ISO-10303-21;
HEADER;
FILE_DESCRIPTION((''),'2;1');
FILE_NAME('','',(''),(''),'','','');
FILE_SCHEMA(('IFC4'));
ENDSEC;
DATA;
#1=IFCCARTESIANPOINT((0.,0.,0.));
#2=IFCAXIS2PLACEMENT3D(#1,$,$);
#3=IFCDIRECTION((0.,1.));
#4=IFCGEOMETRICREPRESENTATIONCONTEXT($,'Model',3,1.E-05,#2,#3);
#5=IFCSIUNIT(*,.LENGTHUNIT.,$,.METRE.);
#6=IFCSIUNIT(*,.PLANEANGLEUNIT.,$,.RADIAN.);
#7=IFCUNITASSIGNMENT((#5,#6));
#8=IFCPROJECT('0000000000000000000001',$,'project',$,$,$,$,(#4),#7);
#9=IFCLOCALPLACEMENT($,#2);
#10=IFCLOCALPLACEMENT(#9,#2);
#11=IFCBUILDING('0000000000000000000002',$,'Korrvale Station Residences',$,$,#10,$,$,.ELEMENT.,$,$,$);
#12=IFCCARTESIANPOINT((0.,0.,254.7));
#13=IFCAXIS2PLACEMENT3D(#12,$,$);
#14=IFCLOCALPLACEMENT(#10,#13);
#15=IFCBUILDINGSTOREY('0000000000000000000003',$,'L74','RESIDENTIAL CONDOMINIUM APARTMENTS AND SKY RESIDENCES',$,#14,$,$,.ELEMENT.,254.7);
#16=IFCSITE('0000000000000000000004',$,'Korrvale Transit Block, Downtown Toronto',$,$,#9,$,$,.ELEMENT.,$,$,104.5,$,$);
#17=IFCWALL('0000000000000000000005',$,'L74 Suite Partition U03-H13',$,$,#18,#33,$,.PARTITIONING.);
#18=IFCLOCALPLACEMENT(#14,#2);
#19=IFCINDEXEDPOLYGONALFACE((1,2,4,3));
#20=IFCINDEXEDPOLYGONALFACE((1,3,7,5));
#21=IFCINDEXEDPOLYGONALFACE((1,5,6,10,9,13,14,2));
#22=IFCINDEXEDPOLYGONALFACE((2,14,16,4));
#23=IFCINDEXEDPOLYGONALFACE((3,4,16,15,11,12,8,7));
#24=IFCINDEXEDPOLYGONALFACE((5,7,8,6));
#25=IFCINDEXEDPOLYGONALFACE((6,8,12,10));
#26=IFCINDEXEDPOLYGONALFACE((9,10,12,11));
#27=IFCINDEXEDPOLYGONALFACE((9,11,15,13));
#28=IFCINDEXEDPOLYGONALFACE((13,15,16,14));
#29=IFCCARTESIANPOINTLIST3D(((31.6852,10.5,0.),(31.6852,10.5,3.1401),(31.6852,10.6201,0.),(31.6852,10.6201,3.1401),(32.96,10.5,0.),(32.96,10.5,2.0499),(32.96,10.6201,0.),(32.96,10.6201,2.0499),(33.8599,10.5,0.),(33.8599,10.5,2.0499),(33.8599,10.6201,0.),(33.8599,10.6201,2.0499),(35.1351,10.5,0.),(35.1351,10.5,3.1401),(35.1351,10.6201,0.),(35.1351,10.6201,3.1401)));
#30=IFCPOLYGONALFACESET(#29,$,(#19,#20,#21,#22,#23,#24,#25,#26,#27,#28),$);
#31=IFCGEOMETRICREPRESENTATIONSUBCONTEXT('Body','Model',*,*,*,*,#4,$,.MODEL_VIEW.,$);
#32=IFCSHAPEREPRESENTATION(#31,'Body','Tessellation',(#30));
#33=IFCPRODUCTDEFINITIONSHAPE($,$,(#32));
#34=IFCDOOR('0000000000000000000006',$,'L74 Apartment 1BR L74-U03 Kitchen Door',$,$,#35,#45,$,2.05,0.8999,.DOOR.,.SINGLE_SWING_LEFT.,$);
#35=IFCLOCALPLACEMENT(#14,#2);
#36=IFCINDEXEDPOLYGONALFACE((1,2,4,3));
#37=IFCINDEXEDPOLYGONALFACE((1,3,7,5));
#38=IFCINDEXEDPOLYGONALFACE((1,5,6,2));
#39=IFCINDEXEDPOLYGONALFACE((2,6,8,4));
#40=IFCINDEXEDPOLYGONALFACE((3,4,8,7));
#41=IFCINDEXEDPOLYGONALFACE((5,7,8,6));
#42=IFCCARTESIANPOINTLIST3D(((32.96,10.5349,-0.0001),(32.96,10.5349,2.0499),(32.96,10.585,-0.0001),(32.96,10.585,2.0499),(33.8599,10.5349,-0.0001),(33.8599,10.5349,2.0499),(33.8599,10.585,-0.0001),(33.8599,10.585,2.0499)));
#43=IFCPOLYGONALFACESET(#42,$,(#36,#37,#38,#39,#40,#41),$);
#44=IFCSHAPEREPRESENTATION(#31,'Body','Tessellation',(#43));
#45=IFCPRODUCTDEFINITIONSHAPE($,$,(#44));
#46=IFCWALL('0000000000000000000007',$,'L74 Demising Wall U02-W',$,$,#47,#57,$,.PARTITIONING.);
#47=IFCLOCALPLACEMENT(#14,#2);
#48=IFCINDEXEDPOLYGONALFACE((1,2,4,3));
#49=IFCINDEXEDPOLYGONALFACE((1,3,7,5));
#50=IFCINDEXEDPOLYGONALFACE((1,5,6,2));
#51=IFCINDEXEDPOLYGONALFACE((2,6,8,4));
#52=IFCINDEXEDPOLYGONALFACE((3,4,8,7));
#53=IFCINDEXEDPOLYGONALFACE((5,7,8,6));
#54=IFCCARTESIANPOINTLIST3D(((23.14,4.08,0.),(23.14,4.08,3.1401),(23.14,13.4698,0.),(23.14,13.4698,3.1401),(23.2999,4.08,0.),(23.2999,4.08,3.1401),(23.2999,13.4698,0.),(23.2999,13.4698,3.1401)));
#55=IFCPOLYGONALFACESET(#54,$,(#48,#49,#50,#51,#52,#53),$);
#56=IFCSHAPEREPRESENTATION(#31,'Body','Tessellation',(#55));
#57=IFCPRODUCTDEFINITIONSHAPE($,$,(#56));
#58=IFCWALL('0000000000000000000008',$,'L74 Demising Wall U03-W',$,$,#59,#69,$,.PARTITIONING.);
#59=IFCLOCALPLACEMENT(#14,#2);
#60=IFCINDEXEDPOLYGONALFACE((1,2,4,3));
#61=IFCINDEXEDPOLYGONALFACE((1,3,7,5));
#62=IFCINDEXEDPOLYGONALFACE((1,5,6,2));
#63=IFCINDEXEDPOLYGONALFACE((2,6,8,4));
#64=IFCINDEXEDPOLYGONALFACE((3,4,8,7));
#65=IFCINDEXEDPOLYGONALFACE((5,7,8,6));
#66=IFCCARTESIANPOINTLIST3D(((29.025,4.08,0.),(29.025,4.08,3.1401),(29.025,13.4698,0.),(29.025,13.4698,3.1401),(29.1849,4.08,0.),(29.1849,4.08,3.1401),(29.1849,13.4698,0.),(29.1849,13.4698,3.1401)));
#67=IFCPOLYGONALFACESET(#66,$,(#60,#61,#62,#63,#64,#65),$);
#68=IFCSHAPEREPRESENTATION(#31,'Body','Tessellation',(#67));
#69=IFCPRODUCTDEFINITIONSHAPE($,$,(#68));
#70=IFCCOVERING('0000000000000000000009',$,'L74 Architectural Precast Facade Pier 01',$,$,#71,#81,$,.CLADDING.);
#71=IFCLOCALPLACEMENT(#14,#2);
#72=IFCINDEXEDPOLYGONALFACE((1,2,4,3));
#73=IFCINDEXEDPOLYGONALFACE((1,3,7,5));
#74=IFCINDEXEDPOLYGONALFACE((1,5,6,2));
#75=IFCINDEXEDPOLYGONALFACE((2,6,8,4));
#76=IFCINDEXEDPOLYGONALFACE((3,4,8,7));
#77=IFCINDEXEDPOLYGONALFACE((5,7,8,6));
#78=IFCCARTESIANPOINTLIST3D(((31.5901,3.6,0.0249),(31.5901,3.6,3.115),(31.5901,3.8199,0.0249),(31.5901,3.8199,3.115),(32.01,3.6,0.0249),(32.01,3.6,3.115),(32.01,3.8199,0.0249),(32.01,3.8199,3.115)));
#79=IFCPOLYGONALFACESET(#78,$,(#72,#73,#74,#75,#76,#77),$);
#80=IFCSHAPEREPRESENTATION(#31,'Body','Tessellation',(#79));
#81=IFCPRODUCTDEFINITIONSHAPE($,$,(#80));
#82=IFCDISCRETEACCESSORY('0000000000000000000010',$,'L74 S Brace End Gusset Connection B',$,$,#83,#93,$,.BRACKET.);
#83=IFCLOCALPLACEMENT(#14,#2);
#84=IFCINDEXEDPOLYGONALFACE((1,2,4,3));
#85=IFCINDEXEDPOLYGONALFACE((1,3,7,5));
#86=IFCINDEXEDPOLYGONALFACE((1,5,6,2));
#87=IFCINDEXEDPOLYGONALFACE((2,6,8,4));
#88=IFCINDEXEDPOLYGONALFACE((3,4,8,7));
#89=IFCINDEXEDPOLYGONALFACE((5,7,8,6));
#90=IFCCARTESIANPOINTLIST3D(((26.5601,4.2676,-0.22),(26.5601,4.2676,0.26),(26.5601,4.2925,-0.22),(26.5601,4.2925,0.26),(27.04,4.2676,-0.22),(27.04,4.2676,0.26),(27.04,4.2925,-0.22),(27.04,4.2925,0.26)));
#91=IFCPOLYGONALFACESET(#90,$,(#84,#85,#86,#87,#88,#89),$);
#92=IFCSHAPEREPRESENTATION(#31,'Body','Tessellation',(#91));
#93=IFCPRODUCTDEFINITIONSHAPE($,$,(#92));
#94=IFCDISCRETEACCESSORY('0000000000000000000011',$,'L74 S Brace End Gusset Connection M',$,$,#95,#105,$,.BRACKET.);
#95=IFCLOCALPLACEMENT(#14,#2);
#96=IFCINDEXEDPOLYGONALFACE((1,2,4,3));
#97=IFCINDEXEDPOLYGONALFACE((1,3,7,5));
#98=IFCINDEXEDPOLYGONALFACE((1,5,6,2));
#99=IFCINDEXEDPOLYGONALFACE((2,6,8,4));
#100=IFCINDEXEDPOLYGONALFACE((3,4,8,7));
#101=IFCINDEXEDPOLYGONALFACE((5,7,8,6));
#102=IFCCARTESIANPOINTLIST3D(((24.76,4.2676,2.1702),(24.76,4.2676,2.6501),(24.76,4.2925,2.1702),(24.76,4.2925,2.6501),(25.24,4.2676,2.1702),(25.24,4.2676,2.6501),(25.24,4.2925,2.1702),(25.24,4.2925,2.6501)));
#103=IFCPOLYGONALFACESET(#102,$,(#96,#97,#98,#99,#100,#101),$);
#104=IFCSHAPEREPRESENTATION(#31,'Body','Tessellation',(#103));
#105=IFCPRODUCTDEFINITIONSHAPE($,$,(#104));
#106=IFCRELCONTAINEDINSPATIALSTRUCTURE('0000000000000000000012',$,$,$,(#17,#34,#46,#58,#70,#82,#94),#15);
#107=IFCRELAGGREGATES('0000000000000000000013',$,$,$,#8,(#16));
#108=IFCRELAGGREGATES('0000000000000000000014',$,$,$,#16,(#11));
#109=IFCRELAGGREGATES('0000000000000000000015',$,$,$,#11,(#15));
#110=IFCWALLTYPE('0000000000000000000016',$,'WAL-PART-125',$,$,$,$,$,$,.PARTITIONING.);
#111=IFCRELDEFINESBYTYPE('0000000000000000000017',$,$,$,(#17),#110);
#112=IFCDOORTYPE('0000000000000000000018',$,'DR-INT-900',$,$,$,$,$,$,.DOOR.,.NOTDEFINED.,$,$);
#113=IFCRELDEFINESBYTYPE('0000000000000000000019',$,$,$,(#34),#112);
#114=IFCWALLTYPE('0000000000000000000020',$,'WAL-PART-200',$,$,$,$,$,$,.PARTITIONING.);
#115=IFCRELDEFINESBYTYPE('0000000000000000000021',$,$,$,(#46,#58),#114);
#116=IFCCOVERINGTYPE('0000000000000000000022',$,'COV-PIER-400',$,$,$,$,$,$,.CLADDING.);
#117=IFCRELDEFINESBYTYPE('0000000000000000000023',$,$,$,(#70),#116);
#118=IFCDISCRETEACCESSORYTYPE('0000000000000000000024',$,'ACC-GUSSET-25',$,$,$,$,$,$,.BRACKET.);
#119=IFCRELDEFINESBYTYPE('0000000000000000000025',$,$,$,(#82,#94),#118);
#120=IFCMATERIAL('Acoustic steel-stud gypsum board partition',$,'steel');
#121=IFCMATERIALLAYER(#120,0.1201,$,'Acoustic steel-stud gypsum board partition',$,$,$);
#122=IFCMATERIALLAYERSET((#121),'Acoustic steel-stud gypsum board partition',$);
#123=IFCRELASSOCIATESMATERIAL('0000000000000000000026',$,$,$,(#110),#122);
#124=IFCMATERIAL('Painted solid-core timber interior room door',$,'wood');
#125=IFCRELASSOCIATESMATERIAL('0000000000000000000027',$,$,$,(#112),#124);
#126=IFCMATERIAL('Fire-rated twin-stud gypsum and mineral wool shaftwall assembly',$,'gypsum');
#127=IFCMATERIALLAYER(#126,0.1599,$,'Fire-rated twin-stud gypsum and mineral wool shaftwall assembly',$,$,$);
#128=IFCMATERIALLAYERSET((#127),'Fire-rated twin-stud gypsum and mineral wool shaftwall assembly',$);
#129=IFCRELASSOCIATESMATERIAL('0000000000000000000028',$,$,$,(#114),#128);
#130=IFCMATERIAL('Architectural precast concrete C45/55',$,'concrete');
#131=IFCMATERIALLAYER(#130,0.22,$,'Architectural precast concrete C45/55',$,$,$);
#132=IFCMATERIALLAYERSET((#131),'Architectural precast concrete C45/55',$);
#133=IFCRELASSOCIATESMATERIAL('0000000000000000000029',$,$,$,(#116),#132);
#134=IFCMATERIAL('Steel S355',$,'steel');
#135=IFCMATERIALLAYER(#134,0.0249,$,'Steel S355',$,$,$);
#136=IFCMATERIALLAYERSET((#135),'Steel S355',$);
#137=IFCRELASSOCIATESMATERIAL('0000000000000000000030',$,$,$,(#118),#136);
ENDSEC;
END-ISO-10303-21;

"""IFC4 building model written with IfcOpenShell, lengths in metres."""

from ifc_helpers import new_model, si_unit, direction, frame, frame_2d, origin, origin_2d, place, context, subcontext, project, spatial, rectangle, extrude, material, layer, layer_set, type_object, element, fill, save


model = new_model("IFC4")

# Units and contexts
model_context = context("Model", 3, precision=1e-05, world=origin(), true_north=direction((0.0, 1.0)))
body_context = subcontext(model_context, "Body", "Model", "MODEL_VIEW")
ifc_project = project(units=[si_unit("LENGTHUNIT", "METRE"), si_unit("PLANEANGLEUNIT", "RADIAN")], contexts=[model_context])

# Site, building, storey
site_placement = place(None, origin())
site = spatial("IfcSite", under=ifc_project, at=site_placement, Name="Korrvale Transit Block, Downtown Toronto", CompositionType="ELEMENT", RefElevation=104.5)
building_placement = place(site_placement, origin())
building = spatial("IfcBuilding", under=site, at=building_placement, Name="Korrvale Station Residences", CompositionType="ELEMENT")
storey_placement = place(building_placement, frame((0.0, 0.0, 254.7)))
storey = spatial("IfcBuildingStorey", under=building, at=storey_placement, Name="L74", Description="RESIDENTIAL CONDOMINIUM APARTMENTS AND SKY RESIDENCES", CompositionType="ELEMENT", Elevation=254.7)

# Shared definitions
ifc_material_1 = material(Name="Steel S355", Category="steel")

# Shared definitions
ifc_material_2 = material(Name="Acoustic steel-stud gypsum board partition", Category="steel")
ifc_layer_1 = layer(ifc_material_2, 0.1201, Name="Acoustic steel-stud gypsum board partition")
ifc_layer_set_1 = layer_set([ifc_layer_1], Name="Acoustic steel-stud gypsum board partition")
wall_type_1 = type_object("IfcWallType", Name="WAL-PART-125", PredefinedType="PARTITIONING", material=ifc_layer_set_1)

# Shared definitions
ifc_material_3 = material(Name="Painted solid-core timber interior room door", Category="wood")
door_type_1 = type_object("IfcDoorType", Name="DR-INT-900", OperationType="NOTDEFINED", PredefinedType="DOOR", material=ifc_material_3)

# Wall, opening, door
wall_1_placement = place(storey_placement, frame((31.6851, 10.5601, 0.0), z_axis=(0.0, 0.0, 1.0), x_axis=(1.0, 0.0, 0.0)))
wall_1 = element("IfcWall", 1, at=wall_1_placement, inside=storey, type_object=wall_type_1, Name="L74 Suite Partition U03-H13", PredefinedType="PARTITIONING", context=body_context, shape_type="SweptSolid", body=[
    extrude(rectangle(XDim=3.45, YDim=0.1201, at=frame_2d((1.7251, 0.0))), origin(), (0.0, 0.0, 1.0), 3.1401),
])
opening_1_placement = place(wall_1_placement, frame((1.2749, 0.0, 0.0)))
opening_1 = element("IfcOpeningElement", 2, at=opening_1_placement, cuts=wall_1, PredefinedType="OPENING", context=body_context, shape_type="SweptSolid", body=[
    extrude(rectangle(XDim=0.8999, YDim=2.05, at=frame_2d((0.45, 1.0249))), frame((0.0, 0.0701, 0.0), z_axis=(0.0, -1.0, 0.0), x_axis=(1.0, 0.0, 0.0)), (0.0, 0.0, 1.0), 0.1401),
])
door_1_placement = place(opening_1_placement, origin())
door_1 = element("IfcDoor", 3, at=door_1_placement, inside=storey, type_object=door_type_1, Name="L74 Apartment 1BR L74-U03 Kitchen Door", OperationType="SINGLE_SWING_LEFT", OverallHeight=2.05, OverallWidth=0.8999, PredefinedType="DOOR", context=body_context, shape_type="SweptSolid", body=[
    extrude(rectangle(XDim=0.8999, YDim=2.05, at=frame_2d((0.45, 1.0249))), frame((0.0, 0.0249, 0.0), z_axis=(0.0, -1.0, 0.0), x_axis=(1.0, 0.0, 0.0)), (0.0, 0.0, 1.0), 0.05),
])
fill(opening_1, door_1)

# Walls
ifc_material_4 = material(Name="Fire-rated twin-stud gypsum and mineral wool shaftwall assembly", Category="gypsum")
ifc_layer_2 = layer(ifc_material_4, 0.1599, Name="Fire-rated twin-stud gypsum and mineral wool shaftwall assembly")
ifc_layer_set_2 = layer_set([ifc_layer_2], Name="Fire-rated twin-stud gypsum and mineral wool shaftwall assembly")
wall_type_2 = type_object("IfcWallType", Name="WAL-PART-200", PredefinedType="PARTITIONING", material=ifc_layer_set_2)
for number, where, z_axis, x_axis, name in (
    (4, (23.22, 4.0801, 0.0), (0.0, 0.0, 1.0), (0.0, 1.0, 0.0), "L74 Demising Wall U02-W"),
    (5, (29.105, 4.0801, 0.0), (0.0, 0.0, 1.0), (0.0, 1.0, 0.0), "L74 Demising Wall U03-W"),
):
    element("IfcWall", number, at=place(storey_placement, frame(where, z_axis=z_axis, x_axis=x_axis)), inside=storey, type_object=wall_type_2, Name=name, PredefinedType="PARTITIONING", context=body_context, shape_type="SweptSolid", body=[
        extrude(rectangle(XDim=9.3899, YDim=0.1599, at=frame_2d((4.6948, 0.0))), origin(), (0.0, 0.0, 1.0), 3.1401),
    ])

# Covering
ifc_material_5 = material(Name="Architectural precast concrete C45/55", Category="concrete")
ifc_layer_3 = layer(ifc_material_5, 0.22, Name="Architectural precast concrete C45/55")
ifc_layer_set_3 = layer_set([ifc_layer_3], Name="Architectural precast concrete C45/55")
covering_type = type_object("IfcCoveringType", Name="COV-PIER-400", PredefinedType="CLADDING", material=ifc_layer_set_3)
covering_placement = place(storey_placement, frame((31.8, 3.71, 0.0249), z_axis=(0.0, 0.0, 1.0), x_axis=(1.0, 0.0, 0.0)))
element("IfcCovering", 6, at=covering_placement, inside=storey, type_object=covering_type, Name="L74 Architectural Precast Facade Pier 01", PredefinedType="CLADDING", context=body_context, shape_type="SweptSolid", body=[
    extrude(rectangle(XDim=0.4199, YDim=0.22, at=origin_2d()), origin(), (0.0, 0.0, 1.0), 3.0901),
])

# Discrete accessories
ifc_layer_4 = layer(ifc_material_1, 0.0249, Name="Steel S355")
ifc_layer_set_4 = layer_set([ifc_layer_4], Name="Steel S355")
discrete_accessory_type = type_object("IfcDiscreteAccessoryType", Name="ACC-GUSSET-25", PredefinedType="BRACKET", material=ifc_layer_set_4)
for number, where, z_axis, x_axis, name in (
    (7, (26.8, 4.28, -0.22), (0.0, 0.0, 1.0), (1.0, 0.0, 0.0), "L74 S Brace End Gusset Connection B"),
    (8, (25.0, 4.28, 2.1702), (0.0, 0.0, 1.0), (1.0, 0.0, 0.0), "L74 S Brace End Gusset Connection M"),
):
    element("IfcDiscreteAccessory", number, at=place(storey_placement, frame(where, z_axis=z_axis, x_axis=x_axis)), inside=storey, type_object=discrete_accessory_type, Name=name, PredefinedType="BRACKET", context=body_context, shape_type="SweptSolid", body=[
        extrude(rectangle(XDim=0.48, YDim=0.0249, at=origin_2d()), origin(), (0.0, 0.0, 1.0), 0.48),
    ])

save(model, "model.ifc")
